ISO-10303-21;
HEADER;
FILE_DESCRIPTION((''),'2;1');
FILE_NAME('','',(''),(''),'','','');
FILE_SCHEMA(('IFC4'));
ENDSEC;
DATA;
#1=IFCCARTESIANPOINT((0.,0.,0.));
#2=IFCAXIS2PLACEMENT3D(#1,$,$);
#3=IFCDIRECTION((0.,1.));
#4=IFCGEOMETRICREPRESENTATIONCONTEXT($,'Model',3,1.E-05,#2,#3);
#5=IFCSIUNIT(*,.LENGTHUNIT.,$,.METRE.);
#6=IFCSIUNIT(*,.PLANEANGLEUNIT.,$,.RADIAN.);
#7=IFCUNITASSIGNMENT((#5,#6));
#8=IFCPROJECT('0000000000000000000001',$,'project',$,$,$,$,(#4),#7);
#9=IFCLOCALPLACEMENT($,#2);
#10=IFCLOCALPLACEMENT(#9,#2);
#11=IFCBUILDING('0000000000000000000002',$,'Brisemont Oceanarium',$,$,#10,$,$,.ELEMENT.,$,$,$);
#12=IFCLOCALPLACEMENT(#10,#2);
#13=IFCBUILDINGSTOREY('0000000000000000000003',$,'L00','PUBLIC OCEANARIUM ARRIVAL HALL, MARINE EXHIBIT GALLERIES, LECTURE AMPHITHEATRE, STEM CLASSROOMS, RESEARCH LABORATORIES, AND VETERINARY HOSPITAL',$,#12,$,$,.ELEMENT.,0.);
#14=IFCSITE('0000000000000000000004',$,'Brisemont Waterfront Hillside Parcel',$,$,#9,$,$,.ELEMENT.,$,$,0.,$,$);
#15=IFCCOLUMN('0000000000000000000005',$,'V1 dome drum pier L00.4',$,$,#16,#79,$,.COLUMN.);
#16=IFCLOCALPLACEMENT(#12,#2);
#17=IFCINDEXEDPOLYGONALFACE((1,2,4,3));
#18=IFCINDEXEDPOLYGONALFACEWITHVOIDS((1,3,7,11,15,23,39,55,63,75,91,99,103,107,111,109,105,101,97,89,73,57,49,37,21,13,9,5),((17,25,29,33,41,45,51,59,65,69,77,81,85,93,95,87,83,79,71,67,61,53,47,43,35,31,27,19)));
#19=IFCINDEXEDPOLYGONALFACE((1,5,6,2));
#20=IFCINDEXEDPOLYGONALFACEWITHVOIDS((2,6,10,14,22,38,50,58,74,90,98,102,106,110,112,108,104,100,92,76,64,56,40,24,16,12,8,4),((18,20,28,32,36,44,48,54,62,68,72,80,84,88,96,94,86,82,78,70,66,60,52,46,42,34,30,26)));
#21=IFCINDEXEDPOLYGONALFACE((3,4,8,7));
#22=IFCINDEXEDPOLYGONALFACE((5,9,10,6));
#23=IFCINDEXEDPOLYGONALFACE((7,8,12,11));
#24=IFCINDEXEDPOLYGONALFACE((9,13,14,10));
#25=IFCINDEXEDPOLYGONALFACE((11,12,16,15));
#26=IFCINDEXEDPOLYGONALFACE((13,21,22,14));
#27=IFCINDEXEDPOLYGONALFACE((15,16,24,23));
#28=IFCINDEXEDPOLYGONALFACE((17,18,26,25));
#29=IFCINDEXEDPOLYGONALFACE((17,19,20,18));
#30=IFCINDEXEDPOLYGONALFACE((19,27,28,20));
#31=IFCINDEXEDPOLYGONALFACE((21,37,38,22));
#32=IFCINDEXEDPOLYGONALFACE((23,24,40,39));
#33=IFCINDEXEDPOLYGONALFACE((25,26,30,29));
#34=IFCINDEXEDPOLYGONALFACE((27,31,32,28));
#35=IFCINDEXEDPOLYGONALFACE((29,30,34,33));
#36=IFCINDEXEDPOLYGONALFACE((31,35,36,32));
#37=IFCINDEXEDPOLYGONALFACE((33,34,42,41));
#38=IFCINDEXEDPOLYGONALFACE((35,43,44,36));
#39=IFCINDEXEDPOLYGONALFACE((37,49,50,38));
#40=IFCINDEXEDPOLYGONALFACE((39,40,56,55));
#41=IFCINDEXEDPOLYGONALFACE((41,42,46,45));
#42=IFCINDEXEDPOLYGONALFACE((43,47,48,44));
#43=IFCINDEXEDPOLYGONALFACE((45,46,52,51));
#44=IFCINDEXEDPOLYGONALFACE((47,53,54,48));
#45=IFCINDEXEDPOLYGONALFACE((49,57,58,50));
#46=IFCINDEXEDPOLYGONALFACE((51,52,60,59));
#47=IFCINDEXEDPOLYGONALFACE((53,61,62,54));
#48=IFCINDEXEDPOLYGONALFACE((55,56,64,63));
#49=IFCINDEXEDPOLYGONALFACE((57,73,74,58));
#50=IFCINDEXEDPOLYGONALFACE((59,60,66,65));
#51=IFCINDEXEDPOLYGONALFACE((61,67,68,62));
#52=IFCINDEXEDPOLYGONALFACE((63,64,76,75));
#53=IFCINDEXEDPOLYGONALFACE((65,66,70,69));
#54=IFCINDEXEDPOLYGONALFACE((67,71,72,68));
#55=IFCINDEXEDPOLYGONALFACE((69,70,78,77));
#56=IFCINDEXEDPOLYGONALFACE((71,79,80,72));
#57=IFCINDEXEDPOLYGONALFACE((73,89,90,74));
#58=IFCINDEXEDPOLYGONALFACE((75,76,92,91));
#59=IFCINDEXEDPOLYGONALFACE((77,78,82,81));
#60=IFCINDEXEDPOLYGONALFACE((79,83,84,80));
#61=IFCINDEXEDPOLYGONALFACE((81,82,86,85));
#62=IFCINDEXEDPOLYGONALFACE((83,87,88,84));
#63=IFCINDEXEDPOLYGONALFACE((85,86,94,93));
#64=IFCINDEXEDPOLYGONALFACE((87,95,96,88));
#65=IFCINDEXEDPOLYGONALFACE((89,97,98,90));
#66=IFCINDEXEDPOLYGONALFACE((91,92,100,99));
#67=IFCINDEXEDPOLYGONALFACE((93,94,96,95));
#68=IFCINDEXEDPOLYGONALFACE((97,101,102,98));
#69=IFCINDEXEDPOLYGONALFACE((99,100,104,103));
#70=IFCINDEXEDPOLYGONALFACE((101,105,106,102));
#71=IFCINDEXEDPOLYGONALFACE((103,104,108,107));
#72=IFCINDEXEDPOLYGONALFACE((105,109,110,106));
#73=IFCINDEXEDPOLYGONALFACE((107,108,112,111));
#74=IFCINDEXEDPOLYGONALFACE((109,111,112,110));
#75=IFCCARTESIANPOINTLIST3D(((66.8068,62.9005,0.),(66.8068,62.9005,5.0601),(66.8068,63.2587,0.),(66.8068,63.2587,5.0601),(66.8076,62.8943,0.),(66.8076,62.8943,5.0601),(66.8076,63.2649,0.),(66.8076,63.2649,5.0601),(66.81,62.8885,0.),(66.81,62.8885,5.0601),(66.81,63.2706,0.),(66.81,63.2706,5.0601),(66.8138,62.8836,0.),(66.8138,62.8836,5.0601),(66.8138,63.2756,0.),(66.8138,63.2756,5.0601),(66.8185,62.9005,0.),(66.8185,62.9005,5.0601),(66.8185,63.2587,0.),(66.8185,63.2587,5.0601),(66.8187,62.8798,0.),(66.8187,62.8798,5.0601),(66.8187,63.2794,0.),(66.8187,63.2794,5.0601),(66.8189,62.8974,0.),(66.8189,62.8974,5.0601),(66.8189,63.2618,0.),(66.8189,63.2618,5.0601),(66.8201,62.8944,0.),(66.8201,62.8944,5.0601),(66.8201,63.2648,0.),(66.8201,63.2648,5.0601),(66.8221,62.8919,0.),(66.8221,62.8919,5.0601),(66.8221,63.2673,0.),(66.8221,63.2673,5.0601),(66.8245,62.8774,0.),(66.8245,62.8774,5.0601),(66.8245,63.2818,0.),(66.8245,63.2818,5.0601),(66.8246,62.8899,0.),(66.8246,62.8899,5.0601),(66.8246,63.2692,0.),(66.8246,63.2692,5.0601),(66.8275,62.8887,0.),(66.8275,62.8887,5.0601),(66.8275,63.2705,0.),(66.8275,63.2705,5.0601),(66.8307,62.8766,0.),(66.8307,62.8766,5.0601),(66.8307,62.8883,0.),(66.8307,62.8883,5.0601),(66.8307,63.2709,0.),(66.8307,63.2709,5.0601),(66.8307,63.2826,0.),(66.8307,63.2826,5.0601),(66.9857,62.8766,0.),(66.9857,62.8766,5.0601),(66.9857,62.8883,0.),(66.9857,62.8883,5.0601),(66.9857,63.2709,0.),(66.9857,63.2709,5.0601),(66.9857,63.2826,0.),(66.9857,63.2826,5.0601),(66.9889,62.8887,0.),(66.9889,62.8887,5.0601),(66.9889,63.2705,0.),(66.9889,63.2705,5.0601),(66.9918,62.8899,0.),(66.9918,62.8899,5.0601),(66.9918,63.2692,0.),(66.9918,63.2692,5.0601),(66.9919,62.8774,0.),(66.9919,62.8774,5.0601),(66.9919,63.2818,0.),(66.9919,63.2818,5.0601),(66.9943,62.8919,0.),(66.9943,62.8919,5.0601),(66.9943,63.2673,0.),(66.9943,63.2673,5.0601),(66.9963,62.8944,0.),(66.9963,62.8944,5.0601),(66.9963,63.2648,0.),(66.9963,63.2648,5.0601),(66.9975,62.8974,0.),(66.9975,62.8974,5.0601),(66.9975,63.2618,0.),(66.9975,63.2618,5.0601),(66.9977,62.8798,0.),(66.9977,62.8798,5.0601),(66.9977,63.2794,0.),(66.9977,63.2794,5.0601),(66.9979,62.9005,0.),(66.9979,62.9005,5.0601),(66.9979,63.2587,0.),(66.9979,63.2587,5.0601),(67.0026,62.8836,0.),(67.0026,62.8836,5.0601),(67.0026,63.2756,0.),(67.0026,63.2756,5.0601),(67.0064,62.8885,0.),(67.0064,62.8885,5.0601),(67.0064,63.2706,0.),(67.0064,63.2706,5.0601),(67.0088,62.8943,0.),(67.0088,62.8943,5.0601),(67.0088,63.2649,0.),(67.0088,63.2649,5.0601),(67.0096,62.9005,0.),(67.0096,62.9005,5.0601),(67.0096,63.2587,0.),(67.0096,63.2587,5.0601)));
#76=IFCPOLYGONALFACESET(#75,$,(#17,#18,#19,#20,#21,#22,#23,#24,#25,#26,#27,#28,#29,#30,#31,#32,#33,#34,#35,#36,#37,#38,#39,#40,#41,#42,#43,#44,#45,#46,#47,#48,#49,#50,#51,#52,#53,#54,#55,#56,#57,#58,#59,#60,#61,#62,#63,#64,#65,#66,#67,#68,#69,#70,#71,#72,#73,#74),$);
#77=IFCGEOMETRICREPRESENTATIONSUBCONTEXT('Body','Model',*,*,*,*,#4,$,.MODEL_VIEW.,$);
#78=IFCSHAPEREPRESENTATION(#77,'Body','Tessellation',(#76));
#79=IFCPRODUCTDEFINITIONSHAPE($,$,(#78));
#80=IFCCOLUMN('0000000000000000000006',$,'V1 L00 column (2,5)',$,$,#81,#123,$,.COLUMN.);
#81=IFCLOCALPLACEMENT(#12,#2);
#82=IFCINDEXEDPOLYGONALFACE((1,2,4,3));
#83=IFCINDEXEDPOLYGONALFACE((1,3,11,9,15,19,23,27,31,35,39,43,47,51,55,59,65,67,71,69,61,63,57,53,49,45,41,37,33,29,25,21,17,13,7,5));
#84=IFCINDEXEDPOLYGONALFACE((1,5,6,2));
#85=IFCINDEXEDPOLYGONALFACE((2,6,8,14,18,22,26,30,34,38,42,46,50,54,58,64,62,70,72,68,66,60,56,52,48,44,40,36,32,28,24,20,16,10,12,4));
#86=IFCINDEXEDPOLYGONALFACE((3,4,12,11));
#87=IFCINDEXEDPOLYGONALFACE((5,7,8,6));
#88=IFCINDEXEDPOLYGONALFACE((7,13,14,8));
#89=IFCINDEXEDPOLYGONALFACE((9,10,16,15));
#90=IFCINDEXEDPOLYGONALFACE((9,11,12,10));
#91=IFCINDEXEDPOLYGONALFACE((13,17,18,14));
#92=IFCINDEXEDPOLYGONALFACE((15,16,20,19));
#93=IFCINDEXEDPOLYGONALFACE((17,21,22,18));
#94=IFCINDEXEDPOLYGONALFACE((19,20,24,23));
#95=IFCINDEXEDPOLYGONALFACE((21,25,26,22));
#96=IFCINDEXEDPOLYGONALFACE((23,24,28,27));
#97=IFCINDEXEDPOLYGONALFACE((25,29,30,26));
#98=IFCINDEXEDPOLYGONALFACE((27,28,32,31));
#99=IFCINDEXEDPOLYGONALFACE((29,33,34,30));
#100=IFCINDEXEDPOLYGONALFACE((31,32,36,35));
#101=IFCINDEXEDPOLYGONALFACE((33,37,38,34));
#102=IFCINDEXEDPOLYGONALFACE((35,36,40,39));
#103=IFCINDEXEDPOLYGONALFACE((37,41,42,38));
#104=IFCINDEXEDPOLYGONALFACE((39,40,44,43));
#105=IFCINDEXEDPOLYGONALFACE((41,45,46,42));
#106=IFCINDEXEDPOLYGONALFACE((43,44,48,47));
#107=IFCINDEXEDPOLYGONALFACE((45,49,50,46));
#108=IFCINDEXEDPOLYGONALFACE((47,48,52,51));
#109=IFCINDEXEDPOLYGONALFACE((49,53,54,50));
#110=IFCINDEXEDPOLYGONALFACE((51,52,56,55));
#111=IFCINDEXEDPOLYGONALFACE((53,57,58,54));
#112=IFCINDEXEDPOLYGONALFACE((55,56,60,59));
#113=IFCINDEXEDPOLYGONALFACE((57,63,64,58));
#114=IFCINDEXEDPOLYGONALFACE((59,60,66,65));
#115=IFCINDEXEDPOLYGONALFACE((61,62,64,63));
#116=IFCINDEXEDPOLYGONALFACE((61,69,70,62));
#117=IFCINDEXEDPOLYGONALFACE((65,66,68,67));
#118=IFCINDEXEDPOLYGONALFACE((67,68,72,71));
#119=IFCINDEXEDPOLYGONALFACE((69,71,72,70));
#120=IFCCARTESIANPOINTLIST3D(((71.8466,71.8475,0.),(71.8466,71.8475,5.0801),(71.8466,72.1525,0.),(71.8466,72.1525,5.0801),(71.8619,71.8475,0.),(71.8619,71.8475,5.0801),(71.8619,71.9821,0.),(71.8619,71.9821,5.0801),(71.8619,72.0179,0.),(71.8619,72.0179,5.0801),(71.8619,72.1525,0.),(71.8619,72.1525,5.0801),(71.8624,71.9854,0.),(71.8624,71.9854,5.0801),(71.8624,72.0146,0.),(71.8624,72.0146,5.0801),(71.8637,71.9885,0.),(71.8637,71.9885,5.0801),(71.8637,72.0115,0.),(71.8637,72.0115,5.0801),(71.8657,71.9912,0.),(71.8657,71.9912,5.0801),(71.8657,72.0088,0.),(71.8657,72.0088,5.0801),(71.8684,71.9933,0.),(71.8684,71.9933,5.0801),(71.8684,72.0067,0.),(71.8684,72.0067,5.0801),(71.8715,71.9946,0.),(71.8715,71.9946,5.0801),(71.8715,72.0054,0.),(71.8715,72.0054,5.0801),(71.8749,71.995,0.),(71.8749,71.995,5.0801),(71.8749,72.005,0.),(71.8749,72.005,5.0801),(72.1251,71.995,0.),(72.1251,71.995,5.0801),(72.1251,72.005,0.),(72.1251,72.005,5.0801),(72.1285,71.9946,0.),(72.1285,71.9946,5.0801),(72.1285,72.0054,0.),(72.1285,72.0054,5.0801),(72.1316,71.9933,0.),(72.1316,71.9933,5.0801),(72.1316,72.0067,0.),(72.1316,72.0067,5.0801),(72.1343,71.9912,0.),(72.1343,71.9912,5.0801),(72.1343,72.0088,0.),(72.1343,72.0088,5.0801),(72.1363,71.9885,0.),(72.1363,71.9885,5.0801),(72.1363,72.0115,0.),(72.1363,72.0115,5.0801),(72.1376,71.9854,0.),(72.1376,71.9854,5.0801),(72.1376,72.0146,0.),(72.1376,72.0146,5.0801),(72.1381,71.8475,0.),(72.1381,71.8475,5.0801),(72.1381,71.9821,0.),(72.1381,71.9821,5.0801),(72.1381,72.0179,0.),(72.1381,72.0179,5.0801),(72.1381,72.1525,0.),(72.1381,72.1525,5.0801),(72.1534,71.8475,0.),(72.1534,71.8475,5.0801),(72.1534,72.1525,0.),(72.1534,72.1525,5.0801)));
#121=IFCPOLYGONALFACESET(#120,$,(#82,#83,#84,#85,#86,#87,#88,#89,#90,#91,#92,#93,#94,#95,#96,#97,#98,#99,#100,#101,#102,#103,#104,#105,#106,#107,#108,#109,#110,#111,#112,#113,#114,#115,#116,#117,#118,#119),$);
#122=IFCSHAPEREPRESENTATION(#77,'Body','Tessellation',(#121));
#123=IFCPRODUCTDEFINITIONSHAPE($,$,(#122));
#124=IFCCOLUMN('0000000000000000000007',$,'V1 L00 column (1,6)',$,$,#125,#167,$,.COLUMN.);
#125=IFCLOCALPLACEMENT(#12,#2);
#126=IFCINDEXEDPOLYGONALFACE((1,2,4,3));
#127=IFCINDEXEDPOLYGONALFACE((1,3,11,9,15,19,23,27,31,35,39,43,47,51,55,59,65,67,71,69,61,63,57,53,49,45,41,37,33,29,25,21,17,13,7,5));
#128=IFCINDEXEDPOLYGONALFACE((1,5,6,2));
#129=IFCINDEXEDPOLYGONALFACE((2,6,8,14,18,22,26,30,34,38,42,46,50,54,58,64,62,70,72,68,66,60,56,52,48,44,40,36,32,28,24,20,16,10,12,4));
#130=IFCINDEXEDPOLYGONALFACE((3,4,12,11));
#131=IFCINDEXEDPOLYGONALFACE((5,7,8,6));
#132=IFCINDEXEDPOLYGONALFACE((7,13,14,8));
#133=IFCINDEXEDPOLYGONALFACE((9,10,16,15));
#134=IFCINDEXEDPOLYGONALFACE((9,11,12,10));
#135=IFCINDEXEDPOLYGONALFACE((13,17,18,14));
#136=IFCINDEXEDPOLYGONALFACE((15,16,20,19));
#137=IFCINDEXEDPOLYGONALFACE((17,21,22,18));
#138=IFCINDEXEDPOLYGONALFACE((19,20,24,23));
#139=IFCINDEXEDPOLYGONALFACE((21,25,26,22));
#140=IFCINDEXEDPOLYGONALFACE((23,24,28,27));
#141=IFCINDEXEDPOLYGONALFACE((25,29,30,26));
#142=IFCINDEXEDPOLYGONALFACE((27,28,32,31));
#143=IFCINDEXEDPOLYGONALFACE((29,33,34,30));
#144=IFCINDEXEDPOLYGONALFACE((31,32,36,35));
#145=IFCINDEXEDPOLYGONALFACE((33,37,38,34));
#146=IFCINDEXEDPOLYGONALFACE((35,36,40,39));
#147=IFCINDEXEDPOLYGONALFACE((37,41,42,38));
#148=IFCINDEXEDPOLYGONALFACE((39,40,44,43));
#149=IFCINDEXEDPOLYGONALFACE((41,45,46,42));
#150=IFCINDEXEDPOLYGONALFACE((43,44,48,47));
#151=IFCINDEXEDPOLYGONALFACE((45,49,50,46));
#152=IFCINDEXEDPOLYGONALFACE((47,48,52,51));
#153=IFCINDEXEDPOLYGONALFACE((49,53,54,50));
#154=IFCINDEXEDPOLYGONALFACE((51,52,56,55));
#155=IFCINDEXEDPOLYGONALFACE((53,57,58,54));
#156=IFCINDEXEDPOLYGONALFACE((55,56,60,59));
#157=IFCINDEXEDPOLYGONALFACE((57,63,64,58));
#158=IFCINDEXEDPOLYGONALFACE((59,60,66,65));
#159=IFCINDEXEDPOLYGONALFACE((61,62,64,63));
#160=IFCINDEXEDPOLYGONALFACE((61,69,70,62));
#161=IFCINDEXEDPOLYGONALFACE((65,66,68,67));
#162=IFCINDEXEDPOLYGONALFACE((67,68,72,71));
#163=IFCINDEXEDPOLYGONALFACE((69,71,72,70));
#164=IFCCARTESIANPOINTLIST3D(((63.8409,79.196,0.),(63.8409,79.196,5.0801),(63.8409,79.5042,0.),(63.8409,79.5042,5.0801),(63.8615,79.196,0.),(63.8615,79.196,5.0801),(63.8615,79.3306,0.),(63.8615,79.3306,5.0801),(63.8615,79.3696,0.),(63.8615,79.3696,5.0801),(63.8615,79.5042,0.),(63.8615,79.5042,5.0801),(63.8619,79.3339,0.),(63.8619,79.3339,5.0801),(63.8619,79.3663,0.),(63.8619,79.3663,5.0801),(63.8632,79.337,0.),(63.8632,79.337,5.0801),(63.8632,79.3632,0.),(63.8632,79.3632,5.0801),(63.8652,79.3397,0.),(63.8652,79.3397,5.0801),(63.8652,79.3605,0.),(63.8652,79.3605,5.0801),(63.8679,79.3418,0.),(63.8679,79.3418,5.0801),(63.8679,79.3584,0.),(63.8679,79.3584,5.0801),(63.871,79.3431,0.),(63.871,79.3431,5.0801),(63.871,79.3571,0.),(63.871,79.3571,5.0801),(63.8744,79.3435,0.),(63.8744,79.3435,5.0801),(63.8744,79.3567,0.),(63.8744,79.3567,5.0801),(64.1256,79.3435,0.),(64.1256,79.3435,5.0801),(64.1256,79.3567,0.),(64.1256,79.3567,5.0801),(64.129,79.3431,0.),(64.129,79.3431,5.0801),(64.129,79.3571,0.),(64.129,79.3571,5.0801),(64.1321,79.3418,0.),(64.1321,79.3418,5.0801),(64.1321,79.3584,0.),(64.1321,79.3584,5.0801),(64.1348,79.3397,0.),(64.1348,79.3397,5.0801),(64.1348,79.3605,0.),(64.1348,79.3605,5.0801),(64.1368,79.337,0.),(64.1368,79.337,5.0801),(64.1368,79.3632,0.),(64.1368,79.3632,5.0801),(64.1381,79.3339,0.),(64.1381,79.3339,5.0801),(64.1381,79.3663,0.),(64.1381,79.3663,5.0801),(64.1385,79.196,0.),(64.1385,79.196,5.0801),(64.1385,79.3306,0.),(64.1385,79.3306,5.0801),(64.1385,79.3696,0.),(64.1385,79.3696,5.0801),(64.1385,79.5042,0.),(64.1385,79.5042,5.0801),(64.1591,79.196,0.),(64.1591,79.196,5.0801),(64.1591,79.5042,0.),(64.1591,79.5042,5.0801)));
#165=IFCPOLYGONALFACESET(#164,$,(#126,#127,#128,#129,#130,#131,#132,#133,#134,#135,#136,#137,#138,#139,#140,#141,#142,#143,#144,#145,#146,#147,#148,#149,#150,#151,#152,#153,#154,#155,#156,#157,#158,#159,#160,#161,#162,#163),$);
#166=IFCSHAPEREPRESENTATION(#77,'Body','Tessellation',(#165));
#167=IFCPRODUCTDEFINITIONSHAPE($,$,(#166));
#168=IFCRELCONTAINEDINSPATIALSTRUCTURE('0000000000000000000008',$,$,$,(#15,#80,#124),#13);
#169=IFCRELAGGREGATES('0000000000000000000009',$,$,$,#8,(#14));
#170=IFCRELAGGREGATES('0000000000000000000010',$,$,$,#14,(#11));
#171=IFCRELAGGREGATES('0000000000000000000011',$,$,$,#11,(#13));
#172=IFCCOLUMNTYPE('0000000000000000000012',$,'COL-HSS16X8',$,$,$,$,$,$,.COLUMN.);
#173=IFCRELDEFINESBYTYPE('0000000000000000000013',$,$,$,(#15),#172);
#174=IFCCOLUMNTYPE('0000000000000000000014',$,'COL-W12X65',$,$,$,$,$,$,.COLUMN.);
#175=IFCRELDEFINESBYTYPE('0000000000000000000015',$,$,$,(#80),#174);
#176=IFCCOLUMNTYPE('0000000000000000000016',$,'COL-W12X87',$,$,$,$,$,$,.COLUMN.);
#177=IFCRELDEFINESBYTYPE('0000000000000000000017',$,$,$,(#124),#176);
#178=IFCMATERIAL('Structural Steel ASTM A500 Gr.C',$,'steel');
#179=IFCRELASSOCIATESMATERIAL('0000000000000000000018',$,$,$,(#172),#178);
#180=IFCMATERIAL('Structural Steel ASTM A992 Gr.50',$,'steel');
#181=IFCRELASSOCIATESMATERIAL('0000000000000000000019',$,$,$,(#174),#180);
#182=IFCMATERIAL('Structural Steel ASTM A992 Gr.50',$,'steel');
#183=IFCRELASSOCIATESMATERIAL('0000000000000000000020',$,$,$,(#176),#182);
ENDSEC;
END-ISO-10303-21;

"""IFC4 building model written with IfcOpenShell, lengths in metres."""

from ifc_helpers import new_model, si_unit, direction, frame, origin, origin_2d, place, context, subcontext, project, spatial, hollow_rectangle, i_section, extrude, material, material_profile, profile_set, type_object, element, save


model = new_model("IFC4")

# Units and contexts
model_context = context("Model", 3, precision=1e-05, world=origin(), true_north=direction((0.0, 1.0)))
body_context = subcontext(model_context, "Body", "Model", "MODEL_VIEW")
ifc_project = project(units=[si_unit("LENGTHUNIT", "METRE"), si_unit("PLANEANGLEUNIT", "RADIAN")], contexts=[model_context])

# Site, building, storey
site_placement = place(None, origin())
site = spatial("IfcSite", under=ifc_project, at=site_placement, Name="Brisemont Waterfront Hillside Parcel", CompositionType="ELEMENT", RefElevation=0.0)
building_placement = place(site_placement, origin())
building = spatial("IfcBuilding", under=site, at=building_placement, Name="Brisemont Oceanarium", CompositionType="ELEMENT")
storey_placement = place(building_placement, origin())
storey = spatial("IfcBuildingStorey", under=building, at=storey_placement, Name="L00", Description="PUBLIC OCEANARIUM ARRIVAL HALL, MARINE EXHIBIT GALLERIES, LECTURE AMPHITHEATRE, STEM CLASSROOMS, RESEARCH LABORATORIES, AND VETERINARY HOSPITAL", CompositionType="ELEMENT", Elevation=0.0)

# Columns
ifc_material_1 = material(Name="Structural Steel ASTM A500 Gr.C", Category="steel")
ifc_material_profile_1 = material_profile(ifc_material_1, hollow_rectangle(XDim=0.2029, YDim=0.406, WallThickness=0.0117, InnerFilletRadius=0.0122, OuterFilletRadius=0.0239, at=origin_2d()), Name="HSS16X8X1/2")
ifc_profile_set_1 = profile_set([ifc_material_profile_1], Name="Structural Steel ASTM A500 Gr.C")
column_type_1 = type_object("IfcColumnType", Name="COL-HSS16X8", PredefinedType="COLUMN", material=ifc_profile_set_1)
for number, where, z_axis, x_axis, name in (
    (1, (66.9082, 63.0796, 0.0), (0.0, 0.0, 1.0), (1.0, 0.0, 0.0), "V1 dome drum pier L00.4"),
):
    element("IfcColumn", number, at=place(storey_placement, frame(where, z_axis=z_axis, x_axis=x_axis)), inside=storey, type_object=column_type_1, Name=name, PredefinedType="COLUMN", context=body_context, shape_type="SweptSolid", body=[
        extrude(hollow_rectangle(XDim=0.2029, YDim=0.406, WallThickness=0.0117, InnerFilletRadius=0.0122, OuterFilletRadius=0.0239, at=origin_2d()), origin(), (0.0, 0.0, 1.0), 5.0601),
    ])
ifc_material_2 = material(Name="Structural Steel ASTM A992 Gr.50", Category="steel")
ifc_material_profile_2 = material_profile(ifc_material_2, i_section(OverallWidth=0.3049, OverallDepth=0.3069, WebThickness=0.01, FlangeThickness=0.0154, FilletRadius=0.0129, at=origin_2d()), Name="W12X65")
ifc_profile_set_2 = profile_set([ifc_material_profile_2], Name="Structural Steel ASTM A992 Gr.50")
column_type_2 = type_object("IfcColumnType", Name="COL-W12X65", PredefinedType="COLUMN", material=ifc_profile_set_2)
column_1_placement = place(storey_placement, frame((72.0, 72.0, 0.0), z_axis=(0.0, 0.0, 1.0), x_axis=(0.0, 1.0, 0.0)))
element("IfcColumn", 2, at=column_1_placement, inside=storey, type_object=column_type_2, Name="V1 L00 column (2,5)", PredefinedType="COLUMN", context=body_context, shape_type="SweptSolid", body=[
    extrude(i_section(OverallWidth=0.3049, OverallDepth=0.3069, WebThickness=0.01, FlangeThickness=0.0154, FilletRadius=0.0129, at=origin_2d()), origin(), (0.0, 0.0, 1.0), 5.0801),
])
ifc_material_3 = material(Name="Structural Steel ASTM A992 Gr.50", Category="steel")
ifc_material_profile_3 = material_profile(ifc_material_3, i_section(OverallWidth=0.3081, OverallDepth=0.3181, WebThickness=0.0132, FlangeThickness=0.0205, FilletRadius=0.0129, at=origin_2d()), Name="W12X87")
ifc_profile_set_3 = profile_set([ifc_material_profile_3], Name="Structural Steel ASTM A992 Gr.50")
column_type_3 = type_object("IfcColumnType", Name="COL-W12X87", PredefinedType="COLUMN", material=ifc_profile_set_3)
column_2_placement = place(storey_placement, frame((64.0, 79.3501, 0.0), z_axis=(0.0, 0.0, 1.0), x_axis=(0.0, 1.0, 0.0)))
element("IfcColumn", 3, at=column_2_placement, inside=storey, type_object=column_type_3, Name="V1 L00 column (1,6)", PredefinedType="COLUMN", context=body_context, shape_type="SweptSolid", body=[
    extrude(i_section(OverallWidth=0.3081, OverallDepth=0.3181, WebThickness=0.0132, FlangeThickness=0.0205, FilletRadius=0.0129, at=origin_2d()), origin(), (0.0, 0.0, 1.0), 5.0801),
])

save(model, "model.ifc")
